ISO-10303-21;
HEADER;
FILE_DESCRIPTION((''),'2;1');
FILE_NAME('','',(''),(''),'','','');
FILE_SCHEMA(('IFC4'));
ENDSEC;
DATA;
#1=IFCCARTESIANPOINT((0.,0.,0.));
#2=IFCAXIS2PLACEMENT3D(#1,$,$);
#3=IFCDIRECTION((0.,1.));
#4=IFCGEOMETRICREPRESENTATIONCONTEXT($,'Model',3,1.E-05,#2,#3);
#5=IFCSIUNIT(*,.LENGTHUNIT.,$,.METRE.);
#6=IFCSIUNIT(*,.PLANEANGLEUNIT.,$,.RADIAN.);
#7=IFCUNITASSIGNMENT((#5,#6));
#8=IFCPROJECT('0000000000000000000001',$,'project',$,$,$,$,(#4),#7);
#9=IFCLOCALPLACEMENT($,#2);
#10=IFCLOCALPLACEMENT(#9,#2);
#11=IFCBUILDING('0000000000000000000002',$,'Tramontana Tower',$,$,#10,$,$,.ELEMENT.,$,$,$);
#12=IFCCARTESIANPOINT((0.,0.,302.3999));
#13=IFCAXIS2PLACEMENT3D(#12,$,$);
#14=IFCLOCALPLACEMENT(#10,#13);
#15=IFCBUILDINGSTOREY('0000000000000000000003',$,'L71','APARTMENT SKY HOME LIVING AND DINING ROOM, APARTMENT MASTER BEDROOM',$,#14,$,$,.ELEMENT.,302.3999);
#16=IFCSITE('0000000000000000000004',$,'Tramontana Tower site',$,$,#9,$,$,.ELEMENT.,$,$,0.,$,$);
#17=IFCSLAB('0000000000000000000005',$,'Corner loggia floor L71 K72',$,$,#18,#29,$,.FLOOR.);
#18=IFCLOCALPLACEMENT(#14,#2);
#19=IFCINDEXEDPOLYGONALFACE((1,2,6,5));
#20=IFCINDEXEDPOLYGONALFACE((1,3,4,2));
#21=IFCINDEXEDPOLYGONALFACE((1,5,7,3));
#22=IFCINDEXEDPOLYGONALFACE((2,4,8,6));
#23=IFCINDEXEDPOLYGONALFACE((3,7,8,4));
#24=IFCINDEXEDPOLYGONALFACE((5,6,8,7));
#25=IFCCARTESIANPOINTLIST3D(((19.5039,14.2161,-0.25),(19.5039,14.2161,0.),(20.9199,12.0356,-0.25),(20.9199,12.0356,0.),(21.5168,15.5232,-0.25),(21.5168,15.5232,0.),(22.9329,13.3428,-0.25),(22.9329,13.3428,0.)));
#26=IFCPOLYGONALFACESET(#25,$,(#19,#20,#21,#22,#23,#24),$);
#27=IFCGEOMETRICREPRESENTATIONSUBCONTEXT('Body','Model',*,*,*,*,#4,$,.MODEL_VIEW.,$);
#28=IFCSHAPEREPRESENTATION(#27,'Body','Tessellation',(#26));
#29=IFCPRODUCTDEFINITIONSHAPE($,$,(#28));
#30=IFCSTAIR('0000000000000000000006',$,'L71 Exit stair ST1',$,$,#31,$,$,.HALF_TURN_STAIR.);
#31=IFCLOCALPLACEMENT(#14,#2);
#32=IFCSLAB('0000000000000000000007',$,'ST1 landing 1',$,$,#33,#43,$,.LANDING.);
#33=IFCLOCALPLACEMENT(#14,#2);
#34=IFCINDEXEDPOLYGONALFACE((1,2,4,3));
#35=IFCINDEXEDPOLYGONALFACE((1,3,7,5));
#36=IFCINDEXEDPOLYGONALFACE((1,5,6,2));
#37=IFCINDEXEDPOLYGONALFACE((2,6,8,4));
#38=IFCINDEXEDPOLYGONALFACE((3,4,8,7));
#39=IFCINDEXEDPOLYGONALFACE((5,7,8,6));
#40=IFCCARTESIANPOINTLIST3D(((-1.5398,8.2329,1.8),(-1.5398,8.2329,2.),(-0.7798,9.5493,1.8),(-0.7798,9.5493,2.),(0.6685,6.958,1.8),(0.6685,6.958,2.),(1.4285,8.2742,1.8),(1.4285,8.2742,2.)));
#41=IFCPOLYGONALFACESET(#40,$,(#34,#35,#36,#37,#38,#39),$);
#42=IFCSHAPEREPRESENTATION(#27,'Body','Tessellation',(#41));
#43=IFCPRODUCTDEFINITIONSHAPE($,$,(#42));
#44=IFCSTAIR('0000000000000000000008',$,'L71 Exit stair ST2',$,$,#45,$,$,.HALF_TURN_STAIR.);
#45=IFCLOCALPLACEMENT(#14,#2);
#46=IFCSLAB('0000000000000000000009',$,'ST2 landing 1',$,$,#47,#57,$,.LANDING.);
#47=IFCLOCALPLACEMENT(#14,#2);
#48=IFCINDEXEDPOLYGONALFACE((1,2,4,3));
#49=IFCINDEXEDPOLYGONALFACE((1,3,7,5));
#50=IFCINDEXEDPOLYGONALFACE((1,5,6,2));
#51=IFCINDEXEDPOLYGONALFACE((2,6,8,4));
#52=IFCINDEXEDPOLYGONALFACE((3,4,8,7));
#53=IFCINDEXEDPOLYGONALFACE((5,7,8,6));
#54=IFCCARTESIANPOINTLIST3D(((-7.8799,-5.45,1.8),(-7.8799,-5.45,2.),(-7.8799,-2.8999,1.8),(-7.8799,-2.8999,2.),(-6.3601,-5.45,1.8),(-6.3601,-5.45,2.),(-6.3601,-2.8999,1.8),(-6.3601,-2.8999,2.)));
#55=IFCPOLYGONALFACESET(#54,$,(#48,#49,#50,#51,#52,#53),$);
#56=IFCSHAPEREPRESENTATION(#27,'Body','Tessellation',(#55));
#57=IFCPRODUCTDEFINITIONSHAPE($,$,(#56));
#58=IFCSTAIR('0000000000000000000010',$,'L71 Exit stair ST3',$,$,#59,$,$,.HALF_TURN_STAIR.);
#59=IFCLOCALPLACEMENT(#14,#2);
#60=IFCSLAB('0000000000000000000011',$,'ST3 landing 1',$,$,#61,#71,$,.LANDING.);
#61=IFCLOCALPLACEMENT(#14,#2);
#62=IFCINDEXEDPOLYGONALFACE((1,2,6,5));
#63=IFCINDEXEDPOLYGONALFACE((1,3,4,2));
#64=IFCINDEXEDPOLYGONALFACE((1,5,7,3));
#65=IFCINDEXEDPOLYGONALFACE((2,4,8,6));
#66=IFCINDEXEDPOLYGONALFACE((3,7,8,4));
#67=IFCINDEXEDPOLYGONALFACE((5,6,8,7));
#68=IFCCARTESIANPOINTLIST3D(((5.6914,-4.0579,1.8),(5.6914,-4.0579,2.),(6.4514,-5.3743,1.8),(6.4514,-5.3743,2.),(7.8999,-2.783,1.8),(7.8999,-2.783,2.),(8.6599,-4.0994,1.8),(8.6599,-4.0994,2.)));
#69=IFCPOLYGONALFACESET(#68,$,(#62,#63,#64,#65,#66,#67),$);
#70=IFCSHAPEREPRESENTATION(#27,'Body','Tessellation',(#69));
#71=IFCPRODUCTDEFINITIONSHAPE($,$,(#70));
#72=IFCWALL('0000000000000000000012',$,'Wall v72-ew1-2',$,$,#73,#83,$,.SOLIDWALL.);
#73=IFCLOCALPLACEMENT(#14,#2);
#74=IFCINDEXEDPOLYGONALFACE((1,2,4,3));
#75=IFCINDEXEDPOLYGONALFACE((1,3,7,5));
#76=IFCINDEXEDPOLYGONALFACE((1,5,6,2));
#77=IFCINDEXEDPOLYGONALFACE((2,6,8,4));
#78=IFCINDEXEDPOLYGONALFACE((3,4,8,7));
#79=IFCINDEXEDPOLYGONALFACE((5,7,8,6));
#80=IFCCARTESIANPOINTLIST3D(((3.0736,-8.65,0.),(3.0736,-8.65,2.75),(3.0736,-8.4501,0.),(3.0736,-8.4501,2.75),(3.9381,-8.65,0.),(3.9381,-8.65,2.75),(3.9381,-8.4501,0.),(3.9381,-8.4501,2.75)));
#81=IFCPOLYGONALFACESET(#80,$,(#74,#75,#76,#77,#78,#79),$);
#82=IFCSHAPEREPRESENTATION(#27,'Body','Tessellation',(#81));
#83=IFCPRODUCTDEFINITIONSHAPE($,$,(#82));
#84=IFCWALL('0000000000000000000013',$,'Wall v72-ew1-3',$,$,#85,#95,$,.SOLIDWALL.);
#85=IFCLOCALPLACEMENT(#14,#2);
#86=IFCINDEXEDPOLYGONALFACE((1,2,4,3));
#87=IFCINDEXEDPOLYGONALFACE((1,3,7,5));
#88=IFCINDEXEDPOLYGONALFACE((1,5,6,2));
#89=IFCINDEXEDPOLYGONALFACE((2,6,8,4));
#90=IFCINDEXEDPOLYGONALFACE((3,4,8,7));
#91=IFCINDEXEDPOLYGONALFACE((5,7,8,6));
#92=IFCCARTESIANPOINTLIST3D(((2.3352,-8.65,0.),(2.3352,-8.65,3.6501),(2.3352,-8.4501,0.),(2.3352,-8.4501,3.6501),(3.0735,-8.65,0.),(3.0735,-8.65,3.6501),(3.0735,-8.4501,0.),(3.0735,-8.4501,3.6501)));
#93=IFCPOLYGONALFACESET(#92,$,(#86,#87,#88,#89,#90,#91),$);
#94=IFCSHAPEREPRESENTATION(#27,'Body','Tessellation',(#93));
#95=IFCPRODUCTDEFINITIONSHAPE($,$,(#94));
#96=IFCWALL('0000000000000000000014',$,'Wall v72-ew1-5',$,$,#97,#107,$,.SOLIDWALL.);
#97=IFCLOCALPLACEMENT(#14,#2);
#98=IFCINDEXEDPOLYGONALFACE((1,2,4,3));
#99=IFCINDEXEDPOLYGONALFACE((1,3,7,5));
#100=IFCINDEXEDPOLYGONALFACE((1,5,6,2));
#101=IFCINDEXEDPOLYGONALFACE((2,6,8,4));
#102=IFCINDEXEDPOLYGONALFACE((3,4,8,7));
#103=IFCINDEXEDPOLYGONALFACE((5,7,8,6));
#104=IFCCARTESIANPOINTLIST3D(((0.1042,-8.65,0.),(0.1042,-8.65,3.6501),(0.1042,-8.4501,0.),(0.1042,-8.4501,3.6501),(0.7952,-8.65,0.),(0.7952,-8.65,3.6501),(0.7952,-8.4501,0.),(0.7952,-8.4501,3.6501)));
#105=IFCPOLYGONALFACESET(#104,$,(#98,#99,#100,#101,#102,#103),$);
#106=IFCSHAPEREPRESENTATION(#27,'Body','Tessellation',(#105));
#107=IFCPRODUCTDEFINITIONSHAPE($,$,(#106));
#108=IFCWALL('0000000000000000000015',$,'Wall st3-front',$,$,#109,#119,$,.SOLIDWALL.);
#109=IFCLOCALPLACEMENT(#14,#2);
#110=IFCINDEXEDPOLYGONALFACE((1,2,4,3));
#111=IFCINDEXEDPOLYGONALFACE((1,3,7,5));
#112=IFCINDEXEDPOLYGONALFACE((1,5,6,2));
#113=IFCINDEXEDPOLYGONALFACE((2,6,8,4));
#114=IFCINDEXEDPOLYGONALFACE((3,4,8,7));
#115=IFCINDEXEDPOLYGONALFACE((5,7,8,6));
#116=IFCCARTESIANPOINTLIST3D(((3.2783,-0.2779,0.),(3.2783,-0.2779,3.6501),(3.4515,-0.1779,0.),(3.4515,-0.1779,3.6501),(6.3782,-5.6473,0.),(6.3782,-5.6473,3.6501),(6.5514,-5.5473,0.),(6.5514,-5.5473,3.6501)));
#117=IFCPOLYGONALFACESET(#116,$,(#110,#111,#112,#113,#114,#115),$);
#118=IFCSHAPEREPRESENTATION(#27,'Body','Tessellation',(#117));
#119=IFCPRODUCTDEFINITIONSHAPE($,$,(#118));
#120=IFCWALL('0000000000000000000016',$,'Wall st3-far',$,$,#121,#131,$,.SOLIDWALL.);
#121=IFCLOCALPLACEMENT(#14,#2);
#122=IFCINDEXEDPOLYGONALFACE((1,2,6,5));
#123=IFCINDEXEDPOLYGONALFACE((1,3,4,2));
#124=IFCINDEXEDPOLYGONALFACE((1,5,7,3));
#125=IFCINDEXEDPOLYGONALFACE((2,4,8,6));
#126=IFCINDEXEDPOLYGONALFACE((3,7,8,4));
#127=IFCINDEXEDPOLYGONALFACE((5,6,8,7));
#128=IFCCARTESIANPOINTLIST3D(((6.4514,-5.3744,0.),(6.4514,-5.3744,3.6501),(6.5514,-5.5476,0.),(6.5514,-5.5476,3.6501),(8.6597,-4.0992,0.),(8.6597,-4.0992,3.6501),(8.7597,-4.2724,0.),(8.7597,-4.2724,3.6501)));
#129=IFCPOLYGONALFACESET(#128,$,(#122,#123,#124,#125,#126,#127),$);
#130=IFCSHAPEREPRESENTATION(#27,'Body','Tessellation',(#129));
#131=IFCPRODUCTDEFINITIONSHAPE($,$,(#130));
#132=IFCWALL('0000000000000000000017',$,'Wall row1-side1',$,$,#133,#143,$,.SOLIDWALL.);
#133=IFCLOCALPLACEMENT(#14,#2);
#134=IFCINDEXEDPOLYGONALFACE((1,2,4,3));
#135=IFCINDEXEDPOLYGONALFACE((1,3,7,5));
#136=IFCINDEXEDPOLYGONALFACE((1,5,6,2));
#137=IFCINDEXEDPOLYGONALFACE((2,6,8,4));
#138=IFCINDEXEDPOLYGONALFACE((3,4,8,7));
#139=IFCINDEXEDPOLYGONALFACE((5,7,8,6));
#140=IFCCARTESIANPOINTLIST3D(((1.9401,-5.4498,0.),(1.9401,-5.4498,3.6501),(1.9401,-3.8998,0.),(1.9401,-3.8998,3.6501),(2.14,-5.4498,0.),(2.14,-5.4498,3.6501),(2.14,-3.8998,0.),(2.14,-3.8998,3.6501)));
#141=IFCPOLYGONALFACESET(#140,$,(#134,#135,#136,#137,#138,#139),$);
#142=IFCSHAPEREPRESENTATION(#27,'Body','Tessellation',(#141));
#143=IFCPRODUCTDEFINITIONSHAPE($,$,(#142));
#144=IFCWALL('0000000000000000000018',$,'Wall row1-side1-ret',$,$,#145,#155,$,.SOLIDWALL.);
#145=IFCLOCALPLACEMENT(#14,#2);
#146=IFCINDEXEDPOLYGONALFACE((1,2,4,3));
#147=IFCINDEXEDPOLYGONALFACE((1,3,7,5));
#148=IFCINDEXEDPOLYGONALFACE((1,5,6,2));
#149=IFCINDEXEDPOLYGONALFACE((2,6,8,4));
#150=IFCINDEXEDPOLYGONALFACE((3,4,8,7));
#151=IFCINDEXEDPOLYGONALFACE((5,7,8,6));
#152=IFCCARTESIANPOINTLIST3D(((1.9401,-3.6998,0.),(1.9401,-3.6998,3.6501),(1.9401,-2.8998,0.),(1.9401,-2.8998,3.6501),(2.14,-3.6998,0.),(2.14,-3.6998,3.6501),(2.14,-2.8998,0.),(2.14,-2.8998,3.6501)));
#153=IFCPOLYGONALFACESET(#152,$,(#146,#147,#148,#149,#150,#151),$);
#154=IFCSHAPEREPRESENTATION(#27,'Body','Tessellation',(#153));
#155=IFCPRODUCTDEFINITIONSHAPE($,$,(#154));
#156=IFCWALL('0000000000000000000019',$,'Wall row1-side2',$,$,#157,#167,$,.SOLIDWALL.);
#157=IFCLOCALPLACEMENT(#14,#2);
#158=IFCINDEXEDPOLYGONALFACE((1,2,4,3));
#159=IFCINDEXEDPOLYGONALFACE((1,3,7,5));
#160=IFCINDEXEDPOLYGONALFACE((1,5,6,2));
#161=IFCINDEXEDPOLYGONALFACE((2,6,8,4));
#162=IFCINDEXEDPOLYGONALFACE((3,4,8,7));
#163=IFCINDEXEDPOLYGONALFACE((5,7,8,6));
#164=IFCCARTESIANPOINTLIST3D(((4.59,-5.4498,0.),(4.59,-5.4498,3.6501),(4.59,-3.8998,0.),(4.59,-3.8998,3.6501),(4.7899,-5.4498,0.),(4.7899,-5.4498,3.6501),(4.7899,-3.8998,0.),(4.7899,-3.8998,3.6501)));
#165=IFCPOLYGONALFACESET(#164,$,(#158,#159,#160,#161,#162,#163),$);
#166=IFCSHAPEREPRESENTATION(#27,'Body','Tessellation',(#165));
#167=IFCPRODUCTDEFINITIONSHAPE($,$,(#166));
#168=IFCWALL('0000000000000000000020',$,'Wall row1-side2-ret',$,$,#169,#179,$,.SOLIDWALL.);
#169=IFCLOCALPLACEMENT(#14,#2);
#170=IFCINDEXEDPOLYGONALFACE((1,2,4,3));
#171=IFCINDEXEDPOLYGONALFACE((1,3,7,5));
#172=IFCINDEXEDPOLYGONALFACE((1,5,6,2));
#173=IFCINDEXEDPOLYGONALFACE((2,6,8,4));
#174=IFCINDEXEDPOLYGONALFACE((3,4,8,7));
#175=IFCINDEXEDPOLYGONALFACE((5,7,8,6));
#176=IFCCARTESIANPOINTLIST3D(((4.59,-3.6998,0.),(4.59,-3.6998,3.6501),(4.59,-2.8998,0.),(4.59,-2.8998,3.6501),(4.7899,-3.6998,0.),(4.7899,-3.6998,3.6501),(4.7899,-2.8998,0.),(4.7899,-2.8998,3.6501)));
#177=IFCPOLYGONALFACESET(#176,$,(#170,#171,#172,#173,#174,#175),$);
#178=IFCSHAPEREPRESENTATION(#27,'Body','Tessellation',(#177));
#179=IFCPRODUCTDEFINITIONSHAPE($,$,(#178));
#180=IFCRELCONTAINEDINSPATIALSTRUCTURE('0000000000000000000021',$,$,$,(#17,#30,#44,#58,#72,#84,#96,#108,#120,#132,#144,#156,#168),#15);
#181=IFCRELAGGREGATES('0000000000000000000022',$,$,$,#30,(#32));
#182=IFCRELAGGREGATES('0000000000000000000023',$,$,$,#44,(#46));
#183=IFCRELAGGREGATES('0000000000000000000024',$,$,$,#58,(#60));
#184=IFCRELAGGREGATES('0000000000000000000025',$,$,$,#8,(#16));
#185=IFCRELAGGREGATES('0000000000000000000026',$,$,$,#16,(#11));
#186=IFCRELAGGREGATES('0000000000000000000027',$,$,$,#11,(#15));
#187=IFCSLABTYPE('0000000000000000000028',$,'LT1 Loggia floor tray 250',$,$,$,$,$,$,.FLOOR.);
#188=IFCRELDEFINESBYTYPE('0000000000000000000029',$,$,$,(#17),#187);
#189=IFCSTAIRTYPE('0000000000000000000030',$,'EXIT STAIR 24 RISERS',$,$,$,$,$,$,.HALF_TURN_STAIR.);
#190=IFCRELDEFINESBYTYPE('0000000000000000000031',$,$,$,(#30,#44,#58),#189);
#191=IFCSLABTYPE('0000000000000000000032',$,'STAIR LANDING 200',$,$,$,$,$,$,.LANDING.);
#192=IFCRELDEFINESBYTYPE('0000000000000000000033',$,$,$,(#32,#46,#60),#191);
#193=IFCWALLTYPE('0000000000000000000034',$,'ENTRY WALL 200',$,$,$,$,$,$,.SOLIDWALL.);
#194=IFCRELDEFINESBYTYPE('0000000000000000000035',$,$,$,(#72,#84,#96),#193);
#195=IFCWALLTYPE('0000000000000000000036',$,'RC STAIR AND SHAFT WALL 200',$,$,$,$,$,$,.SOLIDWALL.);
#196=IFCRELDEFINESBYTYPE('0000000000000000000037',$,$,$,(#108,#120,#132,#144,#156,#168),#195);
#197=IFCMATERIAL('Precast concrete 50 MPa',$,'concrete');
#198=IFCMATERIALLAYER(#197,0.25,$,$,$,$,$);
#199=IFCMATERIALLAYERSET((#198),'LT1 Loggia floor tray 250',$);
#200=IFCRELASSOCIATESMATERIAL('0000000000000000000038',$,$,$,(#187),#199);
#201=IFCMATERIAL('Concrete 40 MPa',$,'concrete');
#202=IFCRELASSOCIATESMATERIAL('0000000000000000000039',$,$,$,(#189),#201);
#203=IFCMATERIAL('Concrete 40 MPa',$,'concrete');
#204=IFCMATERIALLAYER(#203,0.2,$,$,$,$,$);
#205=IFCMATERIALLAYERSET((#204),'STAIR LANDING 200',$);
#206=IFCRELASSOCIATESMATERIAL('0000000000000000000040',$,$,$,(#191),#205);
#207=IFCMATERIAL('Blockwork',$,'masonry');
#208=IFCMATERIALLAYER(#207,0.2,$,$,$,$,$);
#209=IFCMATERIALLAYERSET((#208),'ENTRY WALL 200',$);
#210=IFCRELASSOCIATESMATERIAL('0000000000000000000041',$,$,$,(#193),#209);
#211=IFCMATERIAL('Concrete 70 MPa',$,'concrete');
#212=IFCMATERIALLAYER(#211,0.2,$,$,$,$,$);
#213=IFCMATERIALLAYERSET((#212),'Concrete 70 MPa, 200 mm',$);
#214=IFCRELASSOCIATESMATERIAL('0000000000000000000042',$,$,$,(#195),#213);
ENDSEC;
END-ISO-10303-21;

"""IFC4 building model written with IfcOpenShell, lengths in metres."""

from ifc_helpers import new_model, si_unit, direction, frame, frame_2d, origin, place, context, subcontext, project, spatial, polyline, rectangle, outline, extrude, material, layer, layer_set, type_object, element, aggregate, save


model = new_model("IFC4")

# Units and contexts
model_context = context("Model", 3, precision=1e-05, world=origin(), true_north=direction((0.0, 1.0)))
body_context = subcontext(model_context, "Body", "Model", "MODEL_VIEW")
ifc_project = project(units=[si_unit("LENGTHUNIT", "METRE"), si_unit("PLANEANGLEUNIT", "RADIAN")], contexts=[model_context])

# Site, building, storey
site_placement = place(None, origin())
site = spatial("IfcSite", under=ifc_project, at=site_placement, Name="Tramontana Tower site", CompositionType="ELEMENT", RefElevation=0.0)
building_placement = place(site_placement, origin())
building = spatial("IfcBuilding", under=site, at=building_placement, Name="Tramontana Tower", CompositionType="ELEMENT")
storey_placement = place(building_placement, frame((0.0, 0.0, 302.3999)))
storey = spatial("IfcBuildingStorey", under=building, at=storey_placement, Name="L71", Description="APARTMENT SKY HOME LIVING AND DINING ROOM, APARTMENT MASTER BEDROOM", CompositionType="ELEMENT", Elevation=302.3999)

# Slab
ifc_material_1 = material(Name="Precast concrete 50 MPa", Category="concrete")
ifc_layer_1 = layer(ifc_material_1, 0.25)
ifc_layer_set_1 = layer_set([ifc_layer_1], Name="LT1 Loggia floor tray 250")
slab_type_1 = type_object("IfcSlabType", Name="LT1 Loggia floor tray 250", PredefinedType="FLOOR", material=ifc_layer_set_1)
slab_1_placement = place(storey_placement, frame((0.0, 0.0, -0.25)))
element("IfcSlab", 1, at=slab_1_placement, inside=storey, type_object=slab_type_1, Name="Corner loggia floor L71 K72", PredefinedType="FLOOR", context=body_context, shape_type="SweptSolid", body=[
    extrude(outline(polyline([(22.9329, 13.3428), (20.9199, 12.0356), (19.5039, 14.2161), (21.5168, 15.5232), (22.9329, 13.3428)])), origin(), (0.0, 0.0, 1.0), 0.25),
])

# Stairs, slabs
ifc_material_2 = material(Name="Concrete 40 MPa", Category="concrete")
stair_type = type_object("IfcStairType", Name="EXIT STAIR 24 RISERS", PredefinedType="HALF_TURN_STAIR", material=ifc_material_2)
stair_1_placement = place(storey_placement, origin())
stair_1 = element("IfcStair", 2, at=stair_1_placement, inside=storey, type_object=stair_type, Name="L71 Exit stair ST1", PredefinedType="HALF_TURN_STAIR")
ifc_material_3 = material(Name="Concrete 40 MPa", Category="concrete")
ifc_layer_2 = layer(ifc_material_3, 0.2)
ifc_layer_set_2 = layer_set([ifc_layer_2], Name="STAIR LANDING 200")
slab_type_2 = type_object("IfcSlabType", Name="STAIR LANDING 200", PredefinedType="LANDING", material=ifc_layer_set_2)
slab_2_placement = place(storey_placement, frame((0.0, 0.0, 1.8)))
slab_2 = element("IfcSlab", 3, at=slab_2_placement, type_object=slab_type_2, Name="ST1 landing 1", PredefinedType="LANDING", context=body_context, shape_type="SweptSolid", body=[
    extrude(outline(polyline([(0.6685, 6.958), (1.4285, 8.2742), (-0.7798, 9.5493), (-1.5398, 8.2329), (0.6685, 6.958)])), origin(), (0.0, 0.0, 1.0), 0.2),
])
aggregate(stair_1, [slab_2])
stair_2_placement = place(storey_placement, origin())
stair_2 = element("IfcStair", 4, at=stair_2_placement, inside=storey, type_object=stair_type, Name="L71 Exit stair ST2", PredefinedType="HALF_TURN_STAIR")
slab_3_placement = place(storey_placement, frame((0.0, 0.0, 1.8)))
slab_3 = element("IfcSlab", 5, at=slab_3_placement, type_object=slab_type_2, Name="ST2 landing 1", PredefinedType="LANDING", context=body_context, shape_type="SweptSolid", body=[
    extrude(outline(polyline([(-6.3601, -2.8999), (-7.8799, -2.8999), (-7.8799, -5.45), (-6.3601, -5.45), (-6.3601, -2.8999)])), origin(), (0.0, 0.0, 1.0), 0.2),
])
aggregate(stair_2, [slab_3])
stair_3_placement = place(storey_placement, origin())
stair_3 = element("IfcStair", 6, at=stair_3_placement, inside=storey, type_object=stair_type, Name="L71 Exit stair ST3", PredefinedType="HALF_TURN_STAIR")
slab_4_placement = place(storey_placement, frame((0.0, 0.0, 1.8)))
slab_4 = element("IfcSlab", 7, at=slab_4_placement, type_object=slab_type_2, Name="ST3 landing 1", PredefinedType="LANDING", context=body_context, shape_type="SweptSolid", body=[
    extrude(outline(polyline([(5.6914, -4.0579), (6.4514, -5.3743), (8.6599, -4.0994), (7.8999, -2.783), (5.6914, -4.0579)])), origin(), (0.0, 0.0, 1.0), 0.2),
])

# Walls
ifc_material_4 = material(Name="Blockwork", Category="masonry")
ifc_layer_3 = layer(ifc_material_4, 0.2)
ifc_layer_set_3 = layer_set([ifc_layer_3], Name="ENTRY WALL 200")
wall_type_1 = type_object("IfcWallType", Name="ENTRY WALL 200", PredefinedType="SOLIDWALL", material=ifc_layer_set_3)
wall_1_placement = place(storey_placement, frame((3.938, -8.55, 0.0), z_axis=(0.0, 0.0, 1.0), x_axis=(-1.0, 0.0, 0.0)))
element("IfcWall", 8, at=wall_1_placement, inside=storey, type_object=wall_type_1, Name="Wall v72-ew1-2", PredefinedType="SOLIDWALL", context=body_context, shape_type="SweptSolid", body=[
    extrude(rectangle(XDim=0.8645, YDim=0.2, at=frame_2d((0.4321, 0.0))), origin(), (0.0, 0.0, 1.0), 2.75),
])
wall_2_placement = place(storey_placement, frame((3.0735, -8.55, 0.0), z_axis=(0.0, 0.0, 1.0), x_axis=(-1.0, 0.0, 0.0)))
element("IfcWall", 9, at=wall_2_placement, inside=storey, type_object=wall_type_1, Name="Wall v72-ew1-3", PredefinedType="SOLIDWALL", context=body_context, shape_type="SweptSolid", body=[
    extrude(rectangle(XDim=0.7383, YDim=0.2, at=frame_2d((0.3691, 0.0))), origin(), (0.0, 0.0, 1.0), 3.6501),
])
wall_3_placement = place(storey_placement, frame((0.7952, -8.55, 0.0), z_axis=(0.0, 0.0, 1.0), x_axis=(-1.0, 0.0, 0.0)))
element("IfcWall", 10, at=wall_3_placement, inside=storey, type_object=wall_type_1, Name="Wall v72-ew1-5", PredefinedType="SOLIDWALL", context=body_context, shape_type="SweptSolid", body=[
    extrude(rectangle(XDim=0.6909, YDim=0.2, at=frame_2d((0.3455, 0.0))), origin(), (0.0, 0.0, 1.0), 3.6501),
])
ifc_material_5 = material(Name="Concrete 70 MPa", Category="concrete")
ifc_layer_4 = layer(ifc_material_5, 0.2)
ifc_layer_set_4 = layer_set([ifc_layer_4], Name="Concrete 70 MPa, 200 mm")
wall_type_2 = type_object("IfcWallType", Name="RC STAIR AND SHAFT WALL 200", PredefinedType="SOLIDWALL", material=ifc_layer_set_4)
wall_4_placement = place(storey_placement, frame((6.4648, -5.5974, 0.0), z_axis=(0.0, 0.0, 1.0), x_axis=(-0.49998, 0.866037, 0.0)))
element("IfcWall", 11, at=wall_4_placement, inside=storey, type_object=wall_type_2, Name="Wall st3-front", PredefinedType="SOLIDWALL", context=body_context, shape_type="SweptSolid", body=[
    extrude(rectangle(XDim=6.2, YDim=0.2, at=frame_2d((3.1001, 0.0))), origin(), (0.0, 0.0, 1.0), 3.6501),
])
wall_5_placement = place(storey_placement, frame((6.5015, -5.4609, 0.0), z_axis=(0.0, 0.0, 1.0), x_axis=(0.865989, 0.500062, 0.0)))
element("IfcWall", 12, at=wall_5_placement, inside=storey, type_object=wall_type_2, Name="Wall st3-far", PredefinedType="SOLIDWALL", context=body_context, shape_type="SweptSolid", body=[
    extrude(rectangle(XDim=2.55, YDim=0.2, at=frame_2d((1.2749, 0.0))), origin(), (0.0, 0.0, 1.0), 3.6501),
])

# Walls
wall_6_placement = place(storey_placement, frame((2.04, -3.8999, 0.0), z_axis=(0.0, 0.0, 1.0), x_axis=(0.0, -1.0, 0.0)))
element("IfcWall", 13, at=wall_6_placement, inside=storey, type_object=wall_type_2, Name="Wall row1-side1", PredefinedType="SOLIDWALL", context=body_context, shape_type="SweptSolid", body=[
    extrude(rectangle(XDim=1.55, YDim=0.2, at=frame_2d((0.7749, 0.0))), origin(), (0.0, 0.0, 1.0), 3.6501),
])
wall_7_placement = place(storey_placement, frame((2.04, -2.8999, 0.0), z_axis=(0.0, 0.0, 1.0), x_axis=(0.0, -1.0, 0.0)))
element("IfcWall", 14, at=wall_7_placement, inside=storey, type_object=wall_type_2, Name="Wall row1-side1-ret", PredefinedType="SOLIDWALL", context=body_context, shape_type="SweptSolid", body=[
    extrude(rectangle(XDim=0.8, YDim=0.2, at=frame_2d((0.3999, 0.0))), origin(), (0.0, 0.0, 1.0), 3.6501),
])
wall_8_placement = place(storey_placement, frame((4.6899, -3.8999, 0.0), z_axis=(0.0, 0.0, 1.0), x_axis=(0.0, -1.0, 0.0)))
element("IfcWall", 15, at=wall_8_placement, inside=storey, type_object=wall_type_2, Name="Wall row1-side2", PredefinedType="SOLIDWALL", context=body_context, shape_type="SweptSolid", body=[
    extrude(rectangle(XDim=1.55, YDim=0.2, at=frame_2d((0.7749, 0.0))), origin(), (0.0, 0.0, 1.0), 3.6501),
])
wall_9_placement = place(storey_placement, frame((4.6899, -2.8999, 0.0), z_axis=(0.0, 0.0, 1.0), x_axis=(0.0, -1.0, 0.0)))
element("IfcWall", 16, at=wall_9_placement, inside=storey, type_object=wall_type_2, Name="Wall row1-side2-ret", PredefinedType="SOLIDWALL", context=body_context, shape_type="SweptSolid", body=[
    extrude(rectangle(XDim=0.8, YDim=0.2, at=frame_2d((0.3999, 0.0))), origin(), (0.0, 0.0, 1.0), 3.6501),
])

aggregate(stair_3, [slab_4])

save(model, "model.ifc")
